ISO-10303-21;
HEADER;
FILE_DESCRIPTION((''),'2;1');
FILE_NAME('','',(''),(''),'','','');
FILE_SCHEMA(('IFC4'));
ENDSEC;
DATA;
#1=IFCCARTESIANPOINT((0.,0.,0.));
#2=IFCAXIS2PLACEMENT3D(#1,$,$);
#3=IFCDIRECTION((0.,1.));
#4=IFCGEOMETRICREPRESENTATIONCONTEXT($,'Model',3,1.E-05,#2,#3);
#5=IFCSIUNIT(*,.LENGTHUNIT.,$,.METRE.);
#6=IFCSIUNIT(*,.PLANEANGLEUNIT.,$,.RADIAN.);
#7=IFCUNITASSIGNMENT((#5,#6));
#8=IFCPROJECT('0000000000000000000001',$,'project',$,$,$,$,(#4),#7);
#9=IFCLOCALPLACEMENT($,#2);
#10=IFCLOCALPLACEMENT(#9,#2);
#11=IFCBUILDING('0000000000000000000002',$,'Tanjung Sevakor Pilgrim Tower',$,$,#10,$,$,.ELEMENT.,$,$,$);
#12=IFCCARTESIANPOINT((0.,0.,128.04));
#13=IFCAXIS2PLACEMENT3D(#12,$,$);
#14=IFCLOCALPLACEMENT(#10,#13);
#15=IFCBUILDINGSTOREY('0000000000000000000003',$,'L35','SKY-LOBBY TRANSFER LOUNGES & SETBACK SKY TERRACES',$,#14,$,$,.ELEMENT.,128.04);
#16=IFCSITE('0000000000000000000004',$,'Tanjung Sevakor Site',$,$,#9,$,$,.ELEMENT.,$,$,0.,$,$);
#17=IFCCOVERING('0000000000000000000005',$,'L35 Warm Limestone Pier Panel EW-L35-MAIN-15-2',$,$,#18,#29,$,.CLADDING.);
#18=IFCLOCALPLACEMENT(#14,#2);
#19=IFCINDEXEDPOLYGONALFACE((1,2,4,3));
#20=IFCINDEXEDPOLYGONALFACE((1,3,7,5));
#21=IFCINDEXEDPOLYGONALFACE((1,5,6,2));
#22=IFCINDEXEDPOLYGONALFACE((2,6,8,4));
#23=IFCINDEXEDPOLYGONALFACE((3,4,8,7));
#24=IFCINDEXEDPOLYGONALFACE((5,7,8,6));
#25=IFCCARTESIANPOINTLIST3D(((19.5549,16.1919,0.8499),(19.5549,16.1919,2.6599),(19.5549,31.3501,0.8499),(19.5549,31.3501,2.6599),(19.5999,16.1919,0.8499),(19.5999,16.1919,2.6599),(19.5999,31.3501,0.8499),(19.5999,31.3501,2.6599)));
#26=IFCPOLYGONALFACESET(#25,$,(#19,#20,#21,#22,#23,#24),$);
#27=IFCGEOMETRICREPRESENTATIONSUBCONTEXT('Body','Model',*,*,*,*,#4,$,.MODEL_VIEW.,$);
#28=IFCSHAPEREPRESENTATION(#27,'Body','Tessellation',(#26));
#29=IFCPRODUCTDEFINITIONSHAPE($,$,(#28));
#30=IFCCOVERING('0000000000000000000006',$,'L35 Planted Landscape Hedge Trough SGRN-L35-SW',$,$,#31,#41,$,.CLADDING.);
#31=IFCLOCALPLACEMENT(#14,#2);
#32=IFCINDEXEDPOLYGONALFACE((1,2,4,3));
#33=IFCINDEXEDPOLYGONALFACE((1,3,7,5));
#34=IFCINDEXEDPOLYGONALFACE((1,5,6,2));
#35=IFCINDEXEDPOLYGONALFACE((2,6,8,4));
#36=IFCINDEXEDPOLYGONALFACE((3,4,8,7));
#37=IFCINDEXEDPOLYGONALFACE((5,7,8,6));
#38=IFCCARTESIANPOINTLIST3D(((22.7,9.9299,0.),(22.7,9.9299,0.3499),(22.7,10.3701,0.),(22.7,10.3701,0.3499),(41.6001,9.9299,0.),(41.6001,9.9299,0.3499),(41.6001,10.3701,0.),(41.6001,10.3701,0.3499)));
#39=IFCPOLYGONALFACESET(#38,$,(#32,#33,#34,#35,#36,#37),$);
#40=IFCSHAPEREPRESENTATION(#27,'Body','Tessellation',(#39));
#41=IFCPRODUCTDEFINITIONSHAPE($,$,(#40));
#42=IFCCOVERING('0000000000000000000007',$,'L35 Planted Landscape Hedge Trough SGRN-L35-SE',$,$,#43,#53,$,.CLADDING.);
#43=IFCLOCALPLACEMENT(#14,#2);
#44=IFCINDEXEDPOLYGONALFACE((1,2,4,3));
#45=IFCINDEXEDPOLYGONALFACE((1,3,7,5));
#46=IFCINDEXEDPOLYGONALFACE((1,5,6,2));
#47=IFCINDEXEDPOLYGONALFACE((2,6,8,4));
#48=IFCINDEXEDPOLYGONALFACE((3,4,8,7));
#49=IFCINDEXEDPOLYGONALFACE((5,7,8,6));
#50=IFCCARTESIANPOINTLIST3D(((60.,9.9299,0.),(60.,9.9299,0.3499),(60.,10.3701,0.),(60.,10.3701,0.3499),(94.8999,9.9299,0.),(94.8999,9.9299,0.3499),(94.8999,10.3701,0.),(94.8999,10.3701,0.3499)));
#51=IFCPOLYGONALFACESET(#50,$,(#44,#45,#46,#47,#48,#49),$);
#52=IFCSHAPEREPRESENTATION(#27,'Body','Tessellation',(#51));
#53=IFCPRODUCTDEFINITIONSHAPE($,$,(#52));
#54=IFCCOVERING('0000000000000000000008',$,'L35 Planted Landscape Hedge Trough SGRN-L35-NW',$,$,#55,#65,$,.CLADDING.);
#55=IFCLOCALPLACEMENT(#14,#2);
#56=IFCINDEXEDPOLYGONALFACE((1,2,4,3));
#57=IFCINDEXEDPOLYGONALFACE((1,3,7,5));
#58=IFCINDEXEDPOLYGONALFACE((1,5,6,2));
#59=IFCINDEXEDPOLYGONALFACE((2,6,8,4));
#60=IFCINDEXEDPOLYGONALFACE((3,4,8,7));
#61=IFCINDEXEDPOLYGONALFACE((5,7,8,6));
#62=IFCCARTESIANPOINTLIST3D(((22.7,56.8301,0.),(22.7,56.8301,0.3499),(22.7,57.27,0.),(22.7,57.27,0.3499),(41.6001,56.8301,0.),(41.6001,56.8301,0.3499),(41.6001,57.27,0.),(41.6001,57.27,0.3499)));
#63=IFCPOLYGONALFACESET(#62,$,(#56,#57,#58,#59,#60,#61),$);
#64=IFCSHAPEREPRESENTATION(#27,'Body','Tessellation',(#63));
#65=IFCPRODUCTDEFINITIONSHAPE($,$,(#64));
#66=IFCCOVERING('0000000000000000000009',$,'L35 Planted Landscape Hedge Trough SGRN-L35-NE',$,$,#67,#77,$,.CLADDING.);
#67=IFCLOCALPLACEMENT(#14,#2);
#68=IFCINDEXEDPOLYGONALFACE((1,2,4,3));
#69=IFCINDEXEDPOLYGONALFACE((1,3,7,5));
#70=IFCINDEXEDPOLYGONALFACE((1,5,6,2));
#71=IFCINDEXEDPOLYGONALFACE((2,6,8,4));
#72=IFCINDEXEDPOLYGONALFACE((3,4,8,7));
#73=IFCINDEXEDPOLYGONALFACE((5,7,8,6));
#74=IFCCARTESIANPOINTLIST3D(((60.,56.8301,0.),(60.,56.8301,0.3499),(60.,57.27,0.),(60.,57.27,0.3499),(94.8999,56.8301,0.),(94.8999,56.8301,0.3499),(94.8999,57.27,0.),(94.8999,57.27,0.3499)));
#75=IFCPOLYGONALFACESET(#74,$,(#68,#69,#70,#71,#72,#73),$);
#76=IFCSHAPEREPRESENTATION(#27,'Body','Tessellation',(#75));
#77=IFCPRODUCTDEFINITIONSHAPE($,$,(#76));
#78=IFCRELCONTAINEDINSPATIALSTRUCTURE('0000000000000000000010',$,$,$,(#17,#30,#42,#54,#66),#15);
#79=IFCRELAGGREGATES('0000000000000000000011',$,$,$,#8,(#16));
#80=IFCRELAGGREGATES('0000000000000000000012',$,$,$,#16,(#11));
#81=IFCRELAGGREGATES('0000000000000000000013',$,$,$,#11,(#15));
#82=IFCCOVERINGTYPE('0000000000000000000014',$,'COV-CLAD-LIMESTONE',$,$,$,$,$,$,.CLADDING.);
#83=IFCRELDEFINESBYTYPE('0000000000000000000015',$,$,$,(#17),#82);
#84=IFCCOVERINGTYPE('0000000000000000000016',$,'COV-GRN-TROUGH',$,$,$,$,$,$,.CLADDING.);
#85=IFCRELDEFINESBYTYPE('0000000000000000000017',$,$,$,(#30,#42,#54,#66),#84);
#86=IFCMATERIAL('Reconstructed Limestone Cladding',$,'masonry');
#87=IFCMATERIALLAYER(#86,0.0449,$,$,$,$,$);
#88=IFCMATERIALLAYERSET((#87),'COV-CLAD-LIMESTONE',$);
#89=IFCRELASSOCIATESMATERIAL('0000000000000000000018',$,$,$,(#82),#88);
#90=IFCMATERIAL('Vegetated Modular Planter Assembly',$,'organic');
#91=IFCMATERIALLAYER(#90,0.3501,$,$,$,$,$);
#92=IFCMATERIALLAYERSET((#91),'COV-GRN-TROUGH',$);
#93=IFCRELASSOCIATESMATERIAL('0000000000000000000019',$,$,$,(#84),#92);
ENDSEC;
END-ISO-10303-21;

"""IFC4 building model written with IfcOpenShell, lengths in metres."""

from ifc_helpers import new_model, si_unit, direction, frame, origin, origin_2d, place, context, subcontext, project, spatial, polyline, rectangle, outline, extrude, material, layer, layer_set, type_object, element, save


model = new_model("IFC4")

# Units and contexts
model_context = context("Model", 3, precision=1e-05, world=origin(), true_north=direction((0.0, 1.0)))
body_context = subcontext(model_context, "Body", "Model", "MODEL_VIEW")
ifc_project = project(units=[si_unit("LENGTHUNIT", "METRE"), si_unit("PLANEANGLEUNIT", "RADIAN")], contexts=[model_context])

# Site, building, storey
site_placement = place(None, origin())
site = spatial("IfcSite", under=ifc_project, at=site_placement, Name="Tanjung Sevakor Site", CompositionType="ELEMENT", RefElevation=0.0)
building_placement = place(site_placement, origin())
building = spatial("IfcBuilding", under=site, at=building_placement, Name="Tanjung Sevakor Pilgrim Tower", CompositionType="ELEMENT")
storey_placement = place(building_placement, frame((0.0, 0.0, 128.04)))
storey = spatial("IfcBuildingStorey", under=building, at=storey_placement, Name="L35", Description="SKY-LOBBY TRANSFER LOUNGES & SETBACK SKY TERRACES", CompositionType="ELEMENT", Elevation=128.04)

# Coverings
ifc_material_1 = material(Name="Reconstructed Limestone Cladding", Category="masonry")
ifc_layer_1 = layer(ifc_material_1, 0.0449)
ifc_layer_set_1 = layer_set([ifc_layer_1], Name="COV-CLAD-LIMESTONE")
covering_type_1 = type_object("IfcCoveringType", Name="COV-CLAD-LIMESTONE", PredefinedType="CLADDING", material=ifc_layer_set_1)
covering_1_placement = place(storey_placement, frame((19.5774, 23.771, 0.8499), z_axis=(0.0, 0.0, 1.0), x_axis=(0.0, -1.0, 0.0)))
element("IfcCovering", 1, at=covering_1_placement, inside=storey, type_object=covering_type_1, Name="L35 Warm Limestone Pier Panel EW-L35-MAIN-15-2", PredefinedType="CLADDING", context=body_context, shape_type="SweptSolid", body=[
    extrude(rectangle(XDim=15.1582, YDim=0.0449, at=origin_2d()), origin(), (0.0, 0.0, 1.0), 1.8101),
])
ifc_material_2 = material(Name="Vegetated Modular Planter Assembly", Category="organic")
ifc_layer_2 = layer(ifc_material_2, 0.3501)
ifc_layer_set_2 = layer_set([ifc_layer_2], Name="COV-GRN-TROUGH")
covering_type_2 = type_object("IfcCoveringType", Name="COV-GRN-TROUGH", PredefinedType="CLADDING", material=ifc_layer_set_2)
covering_2_placement = place(storey_placement, origin())
element("IfcCovering", 2, at=covering_2_placement, inside=storey, type_object=covering_type_2, Name="L35 Planted Landscape Hedge Trough SGRN-L35-SW", PredefinedType="CLADDING", context=body_context, shape_type="SweptSolid", body=[
    extrude(outline(polyline([(22.7, 9.9299), (41.6001, 9.9299), (41.6001, 10.3701), (22.7, 10.3701), (22.7, 9.9299)])), origin(), (0.0, 0.0, 1.0), 0.3499),
])
covering_3_placement = place(storey_placement, origin())
element("IfcCovering", 3, at=covering_3_placement, inside=storey, type_object=covering_type_2, Name="L35 Planted Landscape Hedge Trough SGRN-L35-SE", PredefinedType="CLADDING", context=body_context, shape_type="SweptSolid", body=[
    extrude(outline(polyline([(60.0, 9.9299), (94.8999, 9.9299), (94.8999, 10.3701), (60.0, 10.3701), (60.0, 9.9299)])), origin(), (0.0, 0.0, 1.0), 0.3499),
])
covering_4_placement = place(storey_placement, origin())
element("IfcCovering", 4, at=covering_4_placement, inside=storey, type_object=covering_type_2, Name="L35 Planted Landscape Hedge Trough SGRN-L35-NW", PredefinedType="CLADDING", context=body_context, shape_type="SweptSolid", body=[
    extrude(outline(polyline([(22.7, 56.8301), (41.6001, 56.8301), (41.6001, 57.27), (22.7, 57.27), (22.7, 56.8301)])), origin(), (0.0, 0.0, 1.0), 0.3499),
])
covering_5_placement = place(storey_placement, origin())
element("IfcCovering", 5, at=covering_5_placement, inside=storey, type_object=covering_type_2, Name="L35 Planted Landscape Hedge Trough SGRN-L35-NE", PredefinedType="CLADDING", context=body_context, shape_type="SweptSolid", body=[
    extrude(outline(polyline([(60.0, 56.8301), (94.8999, 56.8301), (94.8999, 57.27), (60.0, 57.27), (60.0, 56.8301)])), origin(), (0.0, 0.0, 1.0), 0.3499),
])

save(model, "model.ifc")
